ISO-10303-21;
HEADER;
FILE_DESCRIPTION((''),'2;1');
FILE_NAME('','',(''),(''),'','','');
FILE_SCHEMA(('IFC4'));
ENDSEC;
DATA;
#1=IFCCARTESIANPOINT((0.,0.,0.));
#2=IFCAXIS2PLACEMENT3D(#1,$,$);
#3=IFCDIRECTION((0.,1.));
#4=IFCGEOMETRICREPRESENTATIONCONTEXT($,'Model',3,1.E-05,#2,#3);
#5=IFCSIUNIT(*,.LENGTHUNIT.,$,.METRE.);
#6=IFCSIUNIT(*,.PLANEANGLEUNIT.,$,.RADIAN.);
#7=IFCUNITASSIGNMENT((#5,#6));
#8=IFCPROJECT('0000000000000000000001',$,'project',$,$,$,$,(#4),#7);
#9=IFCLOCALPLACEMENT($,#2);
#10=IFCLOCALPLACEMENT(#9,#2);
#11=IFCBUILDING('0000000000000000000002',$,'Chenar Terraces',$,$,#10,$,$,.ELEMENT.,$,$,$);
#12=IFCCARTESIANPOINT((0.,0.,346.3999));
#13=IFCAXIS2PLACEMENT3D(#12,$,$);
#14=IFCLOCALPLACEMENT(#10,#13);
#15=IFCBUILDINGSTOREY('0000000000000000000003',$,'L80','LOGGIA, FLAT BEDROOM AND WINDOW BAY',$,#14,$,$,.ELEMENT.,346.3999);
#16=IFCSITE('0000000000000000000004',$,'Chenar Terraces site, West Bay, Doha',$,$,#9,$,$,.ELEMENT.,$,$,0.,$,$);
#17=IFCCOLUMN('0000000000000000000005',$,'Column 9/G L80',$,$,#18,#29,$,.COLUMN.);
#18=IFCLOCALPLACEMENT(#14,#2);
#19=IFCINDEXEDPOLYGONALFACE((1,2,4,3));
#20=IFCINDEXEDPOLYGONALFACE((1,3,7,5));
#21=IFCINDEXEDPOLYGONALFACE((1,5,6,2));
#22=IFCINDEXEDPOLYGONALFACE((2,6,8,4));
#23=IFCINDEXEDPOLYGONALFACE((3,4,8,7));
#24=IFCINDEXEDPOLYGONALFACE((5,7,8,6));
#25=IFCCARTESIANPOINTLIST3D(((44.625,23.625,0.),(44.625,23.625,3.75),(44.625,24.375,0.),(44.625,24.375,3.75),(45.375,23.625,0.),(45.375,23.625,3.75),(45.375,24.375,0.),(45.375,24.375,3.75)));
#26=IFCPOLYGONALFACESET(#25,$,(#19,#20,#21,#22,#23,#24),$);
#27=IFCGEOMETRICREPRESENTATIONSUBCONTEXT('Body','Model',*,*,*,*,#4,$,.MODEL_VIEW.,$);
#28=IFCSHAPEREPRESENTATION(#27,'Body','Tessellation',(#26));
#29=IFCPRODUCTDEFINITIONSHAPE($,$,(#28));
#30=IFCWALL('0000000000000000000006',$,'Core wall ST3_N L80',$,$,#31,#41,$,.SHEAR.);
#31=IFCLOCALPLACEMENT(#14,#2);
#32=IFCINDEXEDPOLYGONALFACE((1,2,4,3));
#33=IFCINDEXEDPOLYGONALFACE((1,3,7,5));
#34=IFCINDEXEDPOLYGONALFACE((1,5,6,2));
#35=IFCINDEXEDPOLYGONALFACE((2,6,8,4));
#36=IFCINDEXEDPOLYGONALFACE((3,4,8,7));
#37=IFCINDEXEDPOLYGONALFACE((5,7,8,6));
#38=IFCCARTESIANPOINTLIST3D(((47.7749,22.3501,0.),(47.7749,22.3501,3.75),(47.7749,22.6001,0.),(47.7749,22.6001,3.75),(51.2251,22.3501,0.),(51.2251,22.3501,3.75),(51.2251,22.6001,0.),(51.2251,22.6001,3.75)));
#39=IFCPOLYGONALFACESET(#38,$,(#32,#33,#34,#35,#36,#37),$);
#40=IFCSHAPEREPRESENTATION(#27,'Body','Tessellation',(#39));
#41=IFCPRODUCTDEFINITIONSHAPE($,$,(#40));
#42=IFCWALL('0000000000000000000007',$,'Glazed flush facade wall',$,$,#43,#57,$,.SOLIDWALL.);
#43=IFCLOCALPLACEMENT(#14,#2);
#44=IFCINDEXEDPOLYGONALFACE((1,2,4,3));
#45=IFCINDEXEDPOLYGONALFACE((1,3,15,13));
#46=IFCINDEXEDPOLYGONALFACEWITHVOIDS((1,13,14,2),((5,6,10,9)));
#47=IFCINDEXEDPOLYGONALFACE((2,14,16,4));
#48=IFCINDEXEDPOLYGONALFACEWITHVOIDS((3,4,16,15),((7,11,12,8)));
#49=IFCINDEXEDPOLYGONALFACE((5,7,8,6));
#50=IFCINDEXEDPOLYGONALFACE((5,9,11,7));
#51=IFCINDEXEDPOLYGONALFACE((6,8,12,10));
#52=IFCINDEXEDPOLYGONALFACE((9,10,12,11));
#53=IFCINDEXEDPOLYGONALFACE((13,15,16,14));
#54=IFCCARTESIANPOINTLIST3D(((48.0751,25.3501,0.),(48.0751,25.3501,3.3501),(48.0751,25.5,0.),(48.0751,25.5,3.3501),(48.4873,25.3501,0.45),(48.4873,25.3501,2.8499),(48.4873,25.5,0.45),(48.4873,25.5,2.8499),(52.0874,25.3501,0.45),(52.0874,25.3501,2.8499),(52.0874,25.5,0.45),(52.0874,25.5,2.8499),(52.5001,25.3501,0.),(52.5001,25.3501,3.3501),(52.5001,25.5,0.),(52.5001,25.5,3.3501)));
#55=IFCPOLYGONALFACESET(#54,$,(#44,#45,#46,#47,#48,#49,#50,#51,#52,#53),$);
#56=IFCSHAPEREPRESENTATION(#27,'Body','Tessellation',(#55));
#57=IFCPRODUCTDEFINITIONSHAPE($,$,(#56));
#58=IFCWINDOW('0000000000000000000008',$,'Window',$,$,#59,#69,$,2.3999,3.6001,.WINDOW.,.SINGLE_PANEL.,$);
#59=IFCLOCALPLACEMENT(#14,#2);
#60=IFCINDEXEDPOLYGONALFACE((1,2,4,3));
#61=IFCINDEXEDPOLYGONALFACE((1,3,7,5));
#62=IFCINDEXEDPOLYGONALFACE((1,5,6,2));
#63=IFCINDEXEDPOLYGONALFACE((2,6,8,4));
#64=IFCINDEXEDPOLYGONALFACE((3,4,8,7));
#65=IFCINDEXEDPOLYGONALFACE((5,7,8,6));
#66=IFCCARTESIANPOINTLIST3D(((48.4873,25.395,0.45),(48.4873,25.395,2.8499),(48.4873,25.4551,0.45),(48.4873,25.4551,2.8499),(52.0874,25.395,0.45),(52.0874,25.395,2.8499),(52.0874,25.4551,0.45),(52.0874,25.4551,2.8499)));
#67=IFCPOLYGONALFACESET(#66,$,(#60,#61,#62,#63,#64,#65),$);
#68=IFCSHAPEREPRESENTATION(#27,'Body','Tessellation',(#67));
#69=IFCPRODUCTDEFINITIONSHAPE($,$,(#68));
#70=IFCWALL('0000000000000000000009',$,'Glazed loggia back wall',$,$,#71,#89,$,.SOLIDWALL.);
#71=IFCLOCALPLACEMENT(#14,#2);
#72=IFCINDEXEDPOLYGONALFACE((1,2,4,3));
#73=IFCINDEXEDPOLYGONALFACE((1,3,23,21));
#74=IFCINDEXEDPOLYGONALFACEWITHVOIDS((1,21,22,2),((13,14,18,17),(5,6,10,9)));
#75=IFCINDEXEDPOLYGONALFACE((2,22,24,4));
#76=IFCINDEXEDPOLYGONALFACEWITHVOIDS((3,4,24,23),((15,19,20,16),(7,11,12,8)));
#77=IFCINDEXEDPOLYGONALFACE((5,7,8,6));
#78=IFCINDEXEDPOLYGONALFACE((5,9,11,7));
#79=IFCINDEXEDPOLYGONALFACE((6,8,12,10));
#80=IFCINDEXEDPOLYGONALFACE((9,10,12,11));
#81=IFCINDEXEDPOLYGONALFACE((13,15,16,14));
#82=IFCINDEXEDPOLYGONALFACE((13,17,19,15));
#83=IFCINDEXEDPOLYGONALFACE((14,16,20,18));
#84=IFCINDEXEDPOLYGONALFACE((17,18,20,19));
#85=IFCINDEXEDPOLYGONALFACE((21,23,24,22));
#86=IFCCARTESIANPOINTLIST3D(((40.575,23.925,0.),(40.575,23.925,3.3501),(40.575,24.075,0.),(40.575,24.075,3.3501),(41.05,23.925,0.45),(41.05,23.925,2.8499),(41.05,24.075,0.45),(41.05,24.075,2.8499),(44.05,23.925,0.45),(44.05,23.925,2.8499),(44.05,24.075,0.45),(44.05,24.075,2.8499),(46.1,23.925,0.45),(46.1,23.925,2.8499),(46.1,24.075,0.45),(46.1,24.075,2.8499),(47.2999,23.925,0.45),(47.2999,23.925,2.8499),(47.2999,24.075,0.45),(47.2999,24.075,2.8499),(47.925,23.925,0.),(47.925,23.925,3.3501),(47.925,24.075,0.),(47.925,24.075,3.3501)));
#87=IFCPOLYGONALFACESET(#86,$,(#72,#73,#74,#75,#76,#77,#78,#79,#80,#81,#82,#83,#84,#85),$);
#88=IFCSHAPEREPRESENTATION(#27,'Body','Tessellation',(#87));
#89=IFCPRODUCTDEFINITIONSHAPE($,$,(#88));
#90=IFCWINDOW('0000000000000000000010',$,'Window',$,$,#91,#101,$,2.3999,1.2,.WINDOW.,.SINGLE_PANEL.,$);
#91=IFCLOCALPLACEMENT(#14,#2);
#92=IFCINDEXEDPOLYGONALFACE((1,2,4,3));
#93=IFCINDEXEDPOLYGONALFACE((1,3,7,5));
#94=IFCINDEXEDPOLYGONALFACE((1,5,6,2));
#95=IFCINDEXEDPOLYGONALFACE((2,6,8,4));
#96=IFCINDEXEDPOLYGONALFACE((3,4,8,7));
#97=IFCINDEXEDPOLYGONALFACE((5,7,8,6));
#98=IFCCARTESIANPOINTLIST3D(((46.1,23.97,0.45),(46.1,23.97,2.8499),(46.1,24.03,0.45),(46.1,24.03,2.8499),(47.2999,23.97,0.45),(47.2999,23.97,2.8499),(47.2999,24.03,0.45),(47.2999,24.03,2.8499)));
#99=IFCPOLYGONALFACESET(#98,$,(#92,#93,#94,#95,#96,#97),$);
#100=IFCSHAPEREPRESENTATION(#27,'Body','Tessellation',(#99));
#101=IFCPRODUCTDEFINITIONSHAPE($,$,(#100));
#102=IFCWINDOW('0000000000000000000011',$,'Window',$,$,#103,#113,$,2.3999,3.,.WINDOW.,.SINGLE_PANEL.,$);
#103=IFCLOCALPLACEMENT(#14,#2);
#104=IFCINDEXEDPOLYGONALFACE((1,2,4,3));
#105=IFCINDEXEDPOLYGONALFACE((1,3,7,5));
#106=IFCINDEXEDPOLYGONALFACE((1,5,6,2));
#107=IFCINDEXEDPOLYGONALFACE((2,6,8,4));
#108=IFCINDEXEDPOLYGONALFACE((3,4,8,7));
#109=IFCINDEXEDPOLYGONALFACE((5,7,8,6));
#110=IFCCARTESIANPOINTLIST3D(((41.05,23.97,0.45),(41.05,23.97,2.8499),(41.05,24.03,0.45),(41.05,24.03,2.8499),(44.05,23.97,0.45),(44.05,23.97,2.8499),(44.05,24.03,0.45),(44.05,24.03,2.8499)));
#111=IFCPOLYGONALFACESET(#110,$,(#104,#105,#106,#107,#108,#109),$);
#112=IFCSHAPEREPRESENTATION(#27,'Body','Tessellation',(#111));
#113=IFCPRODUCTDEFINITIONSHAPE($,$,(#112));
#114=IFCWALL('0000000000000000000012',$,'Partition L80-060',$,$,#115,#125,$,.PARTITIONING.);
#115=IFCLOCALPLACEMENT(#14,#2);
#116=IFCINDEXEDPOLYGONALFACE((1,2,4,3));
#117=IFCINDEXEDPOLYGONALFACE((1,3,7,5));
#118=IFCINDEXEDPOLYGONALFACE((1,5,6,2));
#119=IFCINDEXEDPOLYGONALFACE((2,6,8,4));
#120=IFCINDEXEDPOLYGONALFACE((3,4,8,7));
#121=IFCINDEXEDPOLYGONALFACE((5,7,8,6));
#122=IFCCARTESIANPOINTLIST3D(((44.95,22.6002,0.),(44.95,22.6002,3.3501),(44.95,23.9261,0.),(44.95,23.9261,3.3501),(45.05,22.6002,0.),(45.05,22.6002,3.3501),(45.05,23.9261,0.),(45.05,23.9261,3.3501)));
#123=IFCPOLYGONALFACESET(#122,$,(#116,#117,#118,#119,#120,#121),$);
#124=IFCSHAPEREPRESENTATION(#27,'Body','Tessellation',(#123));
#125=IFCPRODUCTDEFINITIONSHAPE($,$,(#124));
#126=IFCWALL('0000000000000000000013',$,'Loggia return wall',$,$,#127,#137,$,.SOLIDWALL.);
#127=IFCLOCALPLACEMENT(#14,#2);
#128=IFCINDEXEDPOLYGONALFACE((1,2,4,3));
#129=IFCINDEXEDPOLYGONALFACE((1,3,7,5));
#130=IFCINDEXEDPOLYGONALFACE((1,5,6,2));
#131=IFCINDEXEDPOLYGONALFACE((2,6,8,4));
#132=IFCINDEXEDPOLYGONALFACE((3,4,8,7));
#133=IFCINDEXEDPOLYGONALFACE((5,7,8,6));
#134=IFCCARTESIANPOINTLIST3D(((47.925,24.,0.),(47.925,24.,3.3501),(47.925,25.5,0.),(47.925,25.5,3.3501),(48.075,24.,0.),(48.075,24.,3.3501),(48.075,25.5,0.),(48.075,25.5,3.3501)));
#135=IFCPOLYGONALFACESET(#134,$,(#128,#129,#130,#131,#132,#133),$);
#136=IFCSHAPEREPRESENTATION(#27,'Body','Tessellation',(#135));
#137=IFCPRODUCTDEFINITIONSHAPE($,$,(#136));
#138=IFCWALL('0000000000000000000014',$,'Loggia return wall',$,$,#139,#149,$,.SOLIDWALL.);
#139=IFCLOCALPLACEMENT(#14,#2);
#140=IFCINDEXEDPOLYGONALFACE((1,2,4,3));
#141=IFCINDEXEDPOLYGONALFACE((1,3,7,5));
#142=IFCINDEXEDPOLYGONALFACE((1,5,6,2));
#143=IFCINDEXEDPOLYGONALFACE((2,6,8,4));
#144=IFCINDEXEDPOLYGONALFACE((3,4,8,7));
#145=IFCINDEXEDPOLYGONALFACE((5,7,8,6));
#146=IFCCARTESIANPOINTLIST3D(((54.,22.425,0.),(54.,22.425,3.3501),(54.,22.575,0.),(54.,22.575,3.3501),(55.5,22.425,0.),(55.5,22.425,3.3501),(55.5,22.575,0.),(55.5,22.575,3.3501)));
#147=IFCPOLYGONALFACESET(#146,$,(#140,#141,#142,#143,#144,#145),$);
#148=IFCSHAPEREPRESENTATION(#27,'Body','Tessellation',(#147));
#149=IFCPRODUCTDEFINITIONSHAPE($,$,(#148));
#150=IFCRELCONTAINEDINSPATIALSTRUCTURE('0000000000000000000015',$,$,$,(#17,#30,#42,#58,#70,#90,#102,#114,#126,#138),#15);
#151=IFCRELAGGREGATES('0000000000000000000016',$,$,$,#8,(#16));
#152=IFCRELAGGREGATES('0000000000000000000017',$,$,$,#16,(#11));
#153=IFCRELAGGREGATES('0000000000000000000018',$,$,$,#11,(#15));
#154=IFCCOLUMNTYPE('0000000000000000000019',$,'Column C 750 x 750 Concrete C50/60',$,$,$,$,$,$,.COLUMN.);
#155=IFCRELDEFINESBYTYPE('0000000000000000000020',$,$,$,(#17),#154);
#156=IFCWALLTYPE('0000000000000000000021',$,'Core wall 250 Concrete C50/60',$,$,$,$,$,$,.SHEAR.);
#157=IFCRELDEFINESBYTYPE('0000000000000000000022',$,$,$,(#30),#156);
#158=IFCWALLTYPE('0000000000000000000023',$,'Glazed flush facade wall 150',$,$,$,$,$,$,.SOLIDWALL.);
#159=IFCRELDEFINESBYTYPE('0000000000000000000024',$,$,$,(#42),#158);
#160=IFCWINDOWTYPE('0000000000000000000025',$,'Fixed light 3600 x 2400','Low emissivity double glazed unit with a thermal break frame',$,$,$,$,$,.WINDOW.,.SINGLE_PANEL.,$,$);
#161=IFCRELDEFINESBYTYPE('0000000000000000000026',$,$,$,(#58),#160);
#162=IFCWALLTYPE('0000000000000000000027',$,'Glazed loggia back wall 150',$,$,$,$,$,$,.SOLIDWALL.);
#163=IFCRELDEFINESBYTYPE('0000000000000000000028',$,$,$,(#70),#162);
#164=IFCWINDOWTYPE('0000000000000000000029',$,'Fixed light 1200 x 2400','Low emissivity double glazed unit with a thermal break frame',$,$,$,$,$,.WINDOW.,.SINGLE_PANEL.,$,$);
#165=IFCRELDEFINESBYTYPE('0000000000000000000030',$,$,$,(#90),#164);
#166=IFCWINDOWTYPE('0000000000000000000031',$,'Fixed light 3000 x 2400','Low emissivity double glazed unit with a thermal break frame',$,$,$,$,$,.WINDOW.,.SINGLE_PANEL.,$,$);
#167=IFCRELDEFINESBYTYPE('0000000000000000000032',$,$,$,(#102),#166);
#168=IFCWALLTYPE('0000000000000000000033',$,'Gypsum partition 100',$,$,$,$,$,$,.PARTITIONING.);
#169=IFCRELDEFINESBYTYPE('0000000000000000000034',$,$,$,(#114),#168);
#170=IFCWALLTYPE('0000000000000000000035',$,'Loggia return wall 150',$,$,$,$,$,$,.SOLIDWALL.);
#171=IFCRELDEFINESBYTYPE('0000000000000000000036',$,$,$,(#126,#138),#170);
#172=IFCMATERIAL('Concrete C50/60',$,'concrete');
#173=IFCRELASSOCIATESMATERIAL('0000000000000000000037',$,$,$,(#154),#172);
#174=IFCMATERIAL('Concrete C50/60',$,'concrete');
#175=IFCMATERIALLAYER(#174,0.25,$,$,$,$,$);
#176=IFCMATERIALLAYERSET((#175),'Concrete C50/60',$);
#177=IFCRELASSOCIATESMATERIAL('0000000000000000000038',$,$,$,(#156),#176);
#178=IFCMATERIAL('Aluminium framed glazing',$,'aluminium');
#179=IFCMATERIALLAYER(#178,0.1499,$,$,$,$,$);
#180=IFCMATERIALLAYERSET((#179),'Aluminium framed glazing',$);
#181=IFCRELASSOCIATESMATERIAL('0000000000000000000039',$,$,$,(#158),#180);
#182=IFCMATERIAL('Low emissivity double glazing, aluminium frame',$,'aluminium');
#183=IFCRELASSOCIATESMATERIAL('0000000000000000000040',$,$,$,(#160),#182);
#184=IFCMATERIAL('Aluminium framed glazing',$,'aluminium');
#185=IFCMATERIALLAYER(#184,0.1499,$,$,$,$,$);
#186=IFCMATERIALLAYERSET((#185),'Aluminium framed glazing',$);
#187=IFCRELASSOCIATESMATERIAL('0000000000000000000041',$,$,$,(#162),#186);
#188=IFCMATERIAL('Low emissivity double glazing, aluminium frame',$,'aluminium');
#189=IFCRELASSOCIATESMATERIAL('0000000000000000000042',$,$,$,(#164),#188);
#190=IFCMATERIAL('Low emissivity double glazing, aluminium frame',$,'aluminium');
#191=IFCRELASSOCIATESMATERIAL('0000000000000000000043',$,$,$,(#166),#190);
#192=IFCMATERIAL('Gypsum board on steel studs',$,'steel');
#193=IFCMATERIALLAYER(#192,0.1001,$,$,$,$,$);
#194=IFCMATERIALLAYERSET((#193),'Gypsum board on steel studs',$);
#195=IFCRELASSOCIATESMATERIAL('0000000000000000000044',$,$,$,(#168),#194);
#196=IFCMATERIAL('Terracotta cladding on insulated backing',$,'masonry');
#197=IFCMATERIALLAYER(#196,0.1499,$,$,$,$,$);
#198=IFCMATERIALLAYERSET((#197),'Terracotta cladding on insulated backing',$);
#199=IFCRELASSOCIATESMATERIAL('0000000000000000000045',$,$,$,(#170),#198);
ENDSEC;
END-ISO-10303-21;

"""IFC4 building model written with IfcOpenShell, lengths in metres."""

from ifc_helpers import new_model, si_unit, direction, frame, frame_2d, origin, origin_2d, place, context, subcontext, project, spatial, rectangle, extrude, material, layer, layer_set, material_profile, profile_set, type_object, element, fill, save


model = new_model("IFC4")

# Units and contexts
model_context = context("Model", 3, precision=1e-05, world=origin(), true_north=direction((0.0, 1.0)))
body_context = subcontext(model_context, "Body", "Model", "MODEL_VIEW")
ifc_project = project(units=[si_unit("LENGTHUNIT", "METRE"), si_unit("PLANEANGLEUNIT", "RADIAN")], contexts=[model_context])

# Site, building, storey
site_placement = place(None, origin())
site = spatial("IfcSite", under=ifc_project, at=site_placement, Name="Chenar Terraces site, West Bay, Doha", CompositionType="ELEMENT", RefElevation=0.0)
building_placement = place(site_placement, origin())
building = spatial("IfcBuilding", under=site, at=building_placement, Name="Chenar Terraces", CompositionType="ELEMENT")
storey_placement = place(building_placement, frame((0.0, 0.0, 346.3999)))
storey = spatial("IfcBuildingStorey", under=building, at=storey_placement, Name="L80", Description="LOGGIA, FLAT BEDROOM AND WINDOW BAY", CompositionType="ELEMENT", Elevation=346.3999)

# Column
ifc_material_1 = material(Name="Concrete C50/60", Category="concrete")
ifc_material_profile_1 = material_profile(ifc_material_1, rectangle(XDim=0.75, YDim=0.75, at=origin_2d()), Name="C 750 x 750")
ifc_profile_set_1 = profile_set([ifc_material_profile_1], Name="Concrete C50/60")
column_type = type_object("IfcColumnType", Name="Column C 750 x 750 Concrete C50/60", PredefinedType="COLUMN", material=ifc_profile_set_1)
column_placement = place(storey_placement, frame((45.0, 24.0, 0.0), z_axis=(0.0, 0.0, 1.0), x_axis=(1.0, 0.0, 0.0)))
element("IfcColumn", 1, at=column_placement, inside=storey, type_object=column_type, Name="Column 9/G L80", PredefinedType="COLUMN", context=body_context, shape_type="SweptSolid", body=[
    extrude(rectangle(XDim=0.75, YDim=0.75, at=origin_2d()), origin(), (0.0, 0.0, 1.0), 3.75),
])

# Wall
ifc_material_2 = material(Name="Concrete C50/60", Category="concrete")
ifc_layer_1 = layer(ifc_material_2, 0.25)
ifc_layer_set_1 = layer_set([ifc_layer_1], Name="Concrete C50/60")
wall_type_1 = type_object("IfcWallType", Name="Core wall 250 Concrete C50/60", PredefinedType="SHEAR", material=ifc_layer_set_1)
wall_1_placement = place(storey_placement, frame((47.7749, 22.4751, 0.0), z_axis=(0.0, 0.0, 1.0), x_axis=(1.0, 0.0, 0.0)))
element("IfcWall", 2, at=wall_1_placement, inside=storey, type_object=wall_type_1, Name="Core wall ST3_N L80", PredefinedType="SHEAR", context=body_context, shape_type="SweptSolid", body=[
    extrude(rectangle(XDim=3.4502, YDim=0.25, at=frame_2d((1.7251, 0.0))), origin(), (0.0, 0.0, 1.0), 3.75),
])

# Wall, opening, window
ifc_material_3 = material(Name="Aluminium framed glazing", Category="aluminium")
ifc_layer_2 = layer(ifc_material_3, 0.1499)
ifc_layer_set_2 = layer_set([ifc_layer_2], Name="Aluminium framed glazing")
wall_type_2 = type_object("IfcWallType", Name="Glazed flush facade wall 150", PredefinedType="SOLIDWALL", material=ifc_layer_set_2)
wall_2_placement = place(storey_placement, frame((52.5, 25.425, 0.0), z_axis=(0.0, 0.0, 1.0), x_axis=(-1.0, 0.0, 0.0)))
wall_2 = element("IfcWall", 3, at=wall_2_placement, inside=storey, type_object=wall_type_2, Name="Glazed flush facade wall", PredefinedType="SOLIDWALL", context=body_context, shape_type="SweptSolid", body=[
    extrude(rectangle(XDim=4.425, YDim=0.1499, at=frame_2d((2.2124, 0.0))), origin(), (0.0, 0.0, 1.0), 3.3501),
])
opening_1_placement = place(wall_2_placement, frame((0.4126, 0.0, 0.45)))
opening_1 = element("IfcOpeningElement", 4, at=opening_1_placement, cuts=wall_2, PredefinedType="OPENING", context=body_context, shape_type="SweptSolid", body=[
    extrude(rectangle(XDim=3.6001, YDim=2.3999, at=frame_2d((1.8, 1.2))), frame((0.0, 0.085, 0.0), z_axis=(0.0, -1.0, 0.0), x_axis=(1.0, 0.0, 0.0)), (0.0, 0.0, 1.0), 0.1699),
])
ifc_material_4 = material(Name="Low emissivity double glazing, aluminium frame", Category="aluminium")
window_type_1 = type_object("IfcWindowType", Name="Fixed light 3600 x 2400", Description="Low emissivity double glazed unit with a thermal break frame", PartitioningType="SINGLE_PANEL", PredefinedType="WINDOW", material=ifc_material_4)
window_1_placement = place(opening_1_placement, origin())
window_1 = element("IfcWindow", 5, at=window_1_placement, inside=storey, type_object=window_type_1, Name="Window", OverallHeight=2.3999, OverallWidth=3.6001, PartitioningType="SINGLE_PANEL", PredefinedType="WINDOW", context=body_context, shape_type="SweptSolid", body=[
    extrude(rectangle(XDim=3.6001, YDim=2.3999, at=frame_2d((1.8, 1.2))), frame((0.0, 0.03, 0.0), z_axis=(0.0, -1.0, 0.0), x_axis=(1.0, 0.0, 0.0)), (0.0, 0.0, 1.0), 0.0601),
])
fill(opening_1, window_1)

# Wall, openings, windows
ifc_material_5 = material(Name="Aluminium framed glazing", Category="aluminium")
ifc_layer_3 = layer(ifc_material_5, 0.1499)
ifc_layer_set_3 = layer_set([ifc_layer_3], Name="Aluminium framed glazing")
wall_type_3 = type_object("IfcWallType", Name="Glazed loggia back wall 150", PredefinedType="SOLIDWALL", material=ifc_layer_set_3)
wall_3_placement = place(storey_placement, frame((47.925, 24.0, 0.0), z_axis=(0.0, 0.0, 1.0), x_axis=(-1.0, 0.0, 0.0)))
wall_3 = element("IfcWall", 6, at=wall_3_placement, inside=storey, type_object=wall_type_3, Name="Glazed loggia back wall", PredefinedType="SOLIDWALL", context=body_context, shape_type="SweptSolid", body=[
    extrude(rectangle(XDim=7.3501, YDim=0.1499, at=frame_2d((3.675, 0.0))), origin(), (0.0, 0.0, 1.0), 3.3501),
])
opening_2_placement = place(wall_3_placement, frame((0.625, 0.0, 0.45)))
opening_2 = element("IfcOpeningElement", 7, at=opening_2_placement, cuts=wall_3, PredefinedType="OPENING", context=body_context, shape_type="SweptSolid", body=[
    extrude(rectangle(XDim=1.2, YDim=2.3999, at=frame_2d((0.6001, 1.2))), frame((0.0, 0.085, 0.0), z_axis=(0.0, -1.0, 0.0), x_axis=(1.0, 0.0, 0.0)), (0.0, 0.0, 1.0), 0.1699),
])
opening_3_placement = place(wall_3_placement, frame((3.875, 0.0, 0.45)))
opening_3 = element("IfcOpeningElement", 8, at=opening_3_placement, cuts=wall_3, PredefinedType="OPENING", context=body_context, shape_type="SweptSolid", body=[
    extrude(rectangle(XDim=3.0, YDim=2.3999, at=frame_2d((1.5, 1.2))), frame((0.0, 0.085, 0.0), z_axis=(0.0, -1.0, 0.0), x_axis=(1.0, 0.0, 0.0)), (0.0, 0.0, 1.0), 0.1699),
])
ifc_material_6 = material(Name="Low emissivity double glazing, aluminium frame", Category="aluminium")
window_type_2 = type_object("IfcWindowType", Name="Fixed light 1200 x 2400", Description="Low emissivity double glazed unit with a thermal break frame", PartitioningType="SINGLE_PANEL", PredefinedType="WINDOW", material=ifc_material_6)
window_2_placement = place(opening_2_placement, origin())
window_2 = element("IfcWindow", 9, at=window_2_placement, inside=storey, type_object=window_type_2, Name="Window", OverallHeight=2.3999, OverallWidth=1.2, PartitioningType="SINGLE_PANEL", PredefinedType="WINDOW", context=body_context, shape_type="SweptSolid", body=[
    extrude(rectangle(XDim=1.2, YDim=2.3999, at=frame_2d((0.6001, 1.2))), frame((0.0, 0.03, 0.0), z_axis=(0.0, -1.0, 0.0), x_axis=(1.0, 0.0, 0.0)), (0.0, 0.0, 1.0), 0.0601),
])
fill(opening_2, window_2)
ifc_material_7 = material(Name="Low emissivity double glazing, aluminium frame", Category="aluminium")
window_type_3 = type_object("IfcWindowType", Name="Fixed light 3000 x 2400", Description="Low emissivity double glazed unit with a thermal break frame", PartitioningType="SINGLE_PANEL", PredefinedType="WINDOW", material=ifc_material_7)
window_3_placement = place(opening_3_placement, origin())
window_3 = element("IfcWindow", 10, at=window_3_placement, inside=storey, type_object=window_type_3, Name="Window", OverallHeight=2.3999, OverallWidth=3.0, PartitioningType="SINGLE_PANEL", PredefinedType="WINDOW", context=body_context, shape_type="SweptSolid", body=[
    extrude(rectangle(XDim=3.0, YDim=2.3999, at=frame_2d((1.5, 1.2))), frame((0.0, 0.03, 0.0), z_axis=(0.0, -1.0, 0.0), x_axis=(1.0, 0.0, 0.0)), (0.0, 0.0, 1.0), 0.0601),
])
fill(opening_3, window_3)

# Walls
ifc_material_8 = material(Name="Gypsum board on steel studs", Category="steel")
ifc_layer_4 = layer(ifc_material_8, 0.1001)
ifc_layer_set_4 = layer_set([ifc_layer_4], Name="Gypsum board on steel studs")
wall_type_4 = type_object("IfcWallType", Name="Gypsum partition 100", PredefinedType="PARTITIONING", material=ifc_layer_set_4)
wall_4_placement = place(storey_placement, frame((45.0, 22.6001, 0.0), z_axis=(0.0, 0.0, 1.0), x_axis=(0.0, 1.0, 0.0)))
element("IfcWall", 11, at=wall_4_placement, inside=storey, type_object=wall_type_4, Name="Partition L80-060", PredefinedType="PARTITIONING", context=body_context, shape_type="SweptSolid", body=[
    extrude(rectangle(XDim=1.3259, YDim=0.1001, at=frame_2d((0.6631, 0.0))), origin(), (0.0, 0.0, 1.0), 3.3501),
])
ifc_material_9 = material(Name="Terracotta cladding on insulated backing", Category="masonry")
ifc_layer_5 = layer(ifc_material_9, 0.1499)
ifc_layer_set_5 = layer_set([ifc_layer_5], Name="Terracotta cladding on insulated backing")
wall_type_5 = type_object("IfcWallType", Name="Loggia return wall 150", PredefinedType="SOLIDWALL", material=ifc_layer_set_5)
for number, where, z_axis, x_axis, name in (
    (12, (48.0, 25.5, 0.0), (0.0, 0.0, 1.0), (0.0, -1.0, 0.0), "Loggia return wall"),
    (13, (55.5, 22.5, 0.0), (0.0, 0.0, 1.0), (-1.0, 0.0, 0.0), "Loggia return wall"),
):
    element("IfcWall", number, at=place(storey_placement, frame(where, z_axis=z_axis, x_axis=x_axis)), inside=storey, type_object=wall_type_5, Name=name, PredefinedType="SOLIDWALL", context=body_context, shape_type="SweptSolid", body=[
        extrude(rectangle(XDim=1.5, YDim=0.1499, at=frame_2d((0.75, 0.0))), origin(), (0.0, 0.0, 1.0), 3.3501),
    ])

save(model, "model.ifc")
